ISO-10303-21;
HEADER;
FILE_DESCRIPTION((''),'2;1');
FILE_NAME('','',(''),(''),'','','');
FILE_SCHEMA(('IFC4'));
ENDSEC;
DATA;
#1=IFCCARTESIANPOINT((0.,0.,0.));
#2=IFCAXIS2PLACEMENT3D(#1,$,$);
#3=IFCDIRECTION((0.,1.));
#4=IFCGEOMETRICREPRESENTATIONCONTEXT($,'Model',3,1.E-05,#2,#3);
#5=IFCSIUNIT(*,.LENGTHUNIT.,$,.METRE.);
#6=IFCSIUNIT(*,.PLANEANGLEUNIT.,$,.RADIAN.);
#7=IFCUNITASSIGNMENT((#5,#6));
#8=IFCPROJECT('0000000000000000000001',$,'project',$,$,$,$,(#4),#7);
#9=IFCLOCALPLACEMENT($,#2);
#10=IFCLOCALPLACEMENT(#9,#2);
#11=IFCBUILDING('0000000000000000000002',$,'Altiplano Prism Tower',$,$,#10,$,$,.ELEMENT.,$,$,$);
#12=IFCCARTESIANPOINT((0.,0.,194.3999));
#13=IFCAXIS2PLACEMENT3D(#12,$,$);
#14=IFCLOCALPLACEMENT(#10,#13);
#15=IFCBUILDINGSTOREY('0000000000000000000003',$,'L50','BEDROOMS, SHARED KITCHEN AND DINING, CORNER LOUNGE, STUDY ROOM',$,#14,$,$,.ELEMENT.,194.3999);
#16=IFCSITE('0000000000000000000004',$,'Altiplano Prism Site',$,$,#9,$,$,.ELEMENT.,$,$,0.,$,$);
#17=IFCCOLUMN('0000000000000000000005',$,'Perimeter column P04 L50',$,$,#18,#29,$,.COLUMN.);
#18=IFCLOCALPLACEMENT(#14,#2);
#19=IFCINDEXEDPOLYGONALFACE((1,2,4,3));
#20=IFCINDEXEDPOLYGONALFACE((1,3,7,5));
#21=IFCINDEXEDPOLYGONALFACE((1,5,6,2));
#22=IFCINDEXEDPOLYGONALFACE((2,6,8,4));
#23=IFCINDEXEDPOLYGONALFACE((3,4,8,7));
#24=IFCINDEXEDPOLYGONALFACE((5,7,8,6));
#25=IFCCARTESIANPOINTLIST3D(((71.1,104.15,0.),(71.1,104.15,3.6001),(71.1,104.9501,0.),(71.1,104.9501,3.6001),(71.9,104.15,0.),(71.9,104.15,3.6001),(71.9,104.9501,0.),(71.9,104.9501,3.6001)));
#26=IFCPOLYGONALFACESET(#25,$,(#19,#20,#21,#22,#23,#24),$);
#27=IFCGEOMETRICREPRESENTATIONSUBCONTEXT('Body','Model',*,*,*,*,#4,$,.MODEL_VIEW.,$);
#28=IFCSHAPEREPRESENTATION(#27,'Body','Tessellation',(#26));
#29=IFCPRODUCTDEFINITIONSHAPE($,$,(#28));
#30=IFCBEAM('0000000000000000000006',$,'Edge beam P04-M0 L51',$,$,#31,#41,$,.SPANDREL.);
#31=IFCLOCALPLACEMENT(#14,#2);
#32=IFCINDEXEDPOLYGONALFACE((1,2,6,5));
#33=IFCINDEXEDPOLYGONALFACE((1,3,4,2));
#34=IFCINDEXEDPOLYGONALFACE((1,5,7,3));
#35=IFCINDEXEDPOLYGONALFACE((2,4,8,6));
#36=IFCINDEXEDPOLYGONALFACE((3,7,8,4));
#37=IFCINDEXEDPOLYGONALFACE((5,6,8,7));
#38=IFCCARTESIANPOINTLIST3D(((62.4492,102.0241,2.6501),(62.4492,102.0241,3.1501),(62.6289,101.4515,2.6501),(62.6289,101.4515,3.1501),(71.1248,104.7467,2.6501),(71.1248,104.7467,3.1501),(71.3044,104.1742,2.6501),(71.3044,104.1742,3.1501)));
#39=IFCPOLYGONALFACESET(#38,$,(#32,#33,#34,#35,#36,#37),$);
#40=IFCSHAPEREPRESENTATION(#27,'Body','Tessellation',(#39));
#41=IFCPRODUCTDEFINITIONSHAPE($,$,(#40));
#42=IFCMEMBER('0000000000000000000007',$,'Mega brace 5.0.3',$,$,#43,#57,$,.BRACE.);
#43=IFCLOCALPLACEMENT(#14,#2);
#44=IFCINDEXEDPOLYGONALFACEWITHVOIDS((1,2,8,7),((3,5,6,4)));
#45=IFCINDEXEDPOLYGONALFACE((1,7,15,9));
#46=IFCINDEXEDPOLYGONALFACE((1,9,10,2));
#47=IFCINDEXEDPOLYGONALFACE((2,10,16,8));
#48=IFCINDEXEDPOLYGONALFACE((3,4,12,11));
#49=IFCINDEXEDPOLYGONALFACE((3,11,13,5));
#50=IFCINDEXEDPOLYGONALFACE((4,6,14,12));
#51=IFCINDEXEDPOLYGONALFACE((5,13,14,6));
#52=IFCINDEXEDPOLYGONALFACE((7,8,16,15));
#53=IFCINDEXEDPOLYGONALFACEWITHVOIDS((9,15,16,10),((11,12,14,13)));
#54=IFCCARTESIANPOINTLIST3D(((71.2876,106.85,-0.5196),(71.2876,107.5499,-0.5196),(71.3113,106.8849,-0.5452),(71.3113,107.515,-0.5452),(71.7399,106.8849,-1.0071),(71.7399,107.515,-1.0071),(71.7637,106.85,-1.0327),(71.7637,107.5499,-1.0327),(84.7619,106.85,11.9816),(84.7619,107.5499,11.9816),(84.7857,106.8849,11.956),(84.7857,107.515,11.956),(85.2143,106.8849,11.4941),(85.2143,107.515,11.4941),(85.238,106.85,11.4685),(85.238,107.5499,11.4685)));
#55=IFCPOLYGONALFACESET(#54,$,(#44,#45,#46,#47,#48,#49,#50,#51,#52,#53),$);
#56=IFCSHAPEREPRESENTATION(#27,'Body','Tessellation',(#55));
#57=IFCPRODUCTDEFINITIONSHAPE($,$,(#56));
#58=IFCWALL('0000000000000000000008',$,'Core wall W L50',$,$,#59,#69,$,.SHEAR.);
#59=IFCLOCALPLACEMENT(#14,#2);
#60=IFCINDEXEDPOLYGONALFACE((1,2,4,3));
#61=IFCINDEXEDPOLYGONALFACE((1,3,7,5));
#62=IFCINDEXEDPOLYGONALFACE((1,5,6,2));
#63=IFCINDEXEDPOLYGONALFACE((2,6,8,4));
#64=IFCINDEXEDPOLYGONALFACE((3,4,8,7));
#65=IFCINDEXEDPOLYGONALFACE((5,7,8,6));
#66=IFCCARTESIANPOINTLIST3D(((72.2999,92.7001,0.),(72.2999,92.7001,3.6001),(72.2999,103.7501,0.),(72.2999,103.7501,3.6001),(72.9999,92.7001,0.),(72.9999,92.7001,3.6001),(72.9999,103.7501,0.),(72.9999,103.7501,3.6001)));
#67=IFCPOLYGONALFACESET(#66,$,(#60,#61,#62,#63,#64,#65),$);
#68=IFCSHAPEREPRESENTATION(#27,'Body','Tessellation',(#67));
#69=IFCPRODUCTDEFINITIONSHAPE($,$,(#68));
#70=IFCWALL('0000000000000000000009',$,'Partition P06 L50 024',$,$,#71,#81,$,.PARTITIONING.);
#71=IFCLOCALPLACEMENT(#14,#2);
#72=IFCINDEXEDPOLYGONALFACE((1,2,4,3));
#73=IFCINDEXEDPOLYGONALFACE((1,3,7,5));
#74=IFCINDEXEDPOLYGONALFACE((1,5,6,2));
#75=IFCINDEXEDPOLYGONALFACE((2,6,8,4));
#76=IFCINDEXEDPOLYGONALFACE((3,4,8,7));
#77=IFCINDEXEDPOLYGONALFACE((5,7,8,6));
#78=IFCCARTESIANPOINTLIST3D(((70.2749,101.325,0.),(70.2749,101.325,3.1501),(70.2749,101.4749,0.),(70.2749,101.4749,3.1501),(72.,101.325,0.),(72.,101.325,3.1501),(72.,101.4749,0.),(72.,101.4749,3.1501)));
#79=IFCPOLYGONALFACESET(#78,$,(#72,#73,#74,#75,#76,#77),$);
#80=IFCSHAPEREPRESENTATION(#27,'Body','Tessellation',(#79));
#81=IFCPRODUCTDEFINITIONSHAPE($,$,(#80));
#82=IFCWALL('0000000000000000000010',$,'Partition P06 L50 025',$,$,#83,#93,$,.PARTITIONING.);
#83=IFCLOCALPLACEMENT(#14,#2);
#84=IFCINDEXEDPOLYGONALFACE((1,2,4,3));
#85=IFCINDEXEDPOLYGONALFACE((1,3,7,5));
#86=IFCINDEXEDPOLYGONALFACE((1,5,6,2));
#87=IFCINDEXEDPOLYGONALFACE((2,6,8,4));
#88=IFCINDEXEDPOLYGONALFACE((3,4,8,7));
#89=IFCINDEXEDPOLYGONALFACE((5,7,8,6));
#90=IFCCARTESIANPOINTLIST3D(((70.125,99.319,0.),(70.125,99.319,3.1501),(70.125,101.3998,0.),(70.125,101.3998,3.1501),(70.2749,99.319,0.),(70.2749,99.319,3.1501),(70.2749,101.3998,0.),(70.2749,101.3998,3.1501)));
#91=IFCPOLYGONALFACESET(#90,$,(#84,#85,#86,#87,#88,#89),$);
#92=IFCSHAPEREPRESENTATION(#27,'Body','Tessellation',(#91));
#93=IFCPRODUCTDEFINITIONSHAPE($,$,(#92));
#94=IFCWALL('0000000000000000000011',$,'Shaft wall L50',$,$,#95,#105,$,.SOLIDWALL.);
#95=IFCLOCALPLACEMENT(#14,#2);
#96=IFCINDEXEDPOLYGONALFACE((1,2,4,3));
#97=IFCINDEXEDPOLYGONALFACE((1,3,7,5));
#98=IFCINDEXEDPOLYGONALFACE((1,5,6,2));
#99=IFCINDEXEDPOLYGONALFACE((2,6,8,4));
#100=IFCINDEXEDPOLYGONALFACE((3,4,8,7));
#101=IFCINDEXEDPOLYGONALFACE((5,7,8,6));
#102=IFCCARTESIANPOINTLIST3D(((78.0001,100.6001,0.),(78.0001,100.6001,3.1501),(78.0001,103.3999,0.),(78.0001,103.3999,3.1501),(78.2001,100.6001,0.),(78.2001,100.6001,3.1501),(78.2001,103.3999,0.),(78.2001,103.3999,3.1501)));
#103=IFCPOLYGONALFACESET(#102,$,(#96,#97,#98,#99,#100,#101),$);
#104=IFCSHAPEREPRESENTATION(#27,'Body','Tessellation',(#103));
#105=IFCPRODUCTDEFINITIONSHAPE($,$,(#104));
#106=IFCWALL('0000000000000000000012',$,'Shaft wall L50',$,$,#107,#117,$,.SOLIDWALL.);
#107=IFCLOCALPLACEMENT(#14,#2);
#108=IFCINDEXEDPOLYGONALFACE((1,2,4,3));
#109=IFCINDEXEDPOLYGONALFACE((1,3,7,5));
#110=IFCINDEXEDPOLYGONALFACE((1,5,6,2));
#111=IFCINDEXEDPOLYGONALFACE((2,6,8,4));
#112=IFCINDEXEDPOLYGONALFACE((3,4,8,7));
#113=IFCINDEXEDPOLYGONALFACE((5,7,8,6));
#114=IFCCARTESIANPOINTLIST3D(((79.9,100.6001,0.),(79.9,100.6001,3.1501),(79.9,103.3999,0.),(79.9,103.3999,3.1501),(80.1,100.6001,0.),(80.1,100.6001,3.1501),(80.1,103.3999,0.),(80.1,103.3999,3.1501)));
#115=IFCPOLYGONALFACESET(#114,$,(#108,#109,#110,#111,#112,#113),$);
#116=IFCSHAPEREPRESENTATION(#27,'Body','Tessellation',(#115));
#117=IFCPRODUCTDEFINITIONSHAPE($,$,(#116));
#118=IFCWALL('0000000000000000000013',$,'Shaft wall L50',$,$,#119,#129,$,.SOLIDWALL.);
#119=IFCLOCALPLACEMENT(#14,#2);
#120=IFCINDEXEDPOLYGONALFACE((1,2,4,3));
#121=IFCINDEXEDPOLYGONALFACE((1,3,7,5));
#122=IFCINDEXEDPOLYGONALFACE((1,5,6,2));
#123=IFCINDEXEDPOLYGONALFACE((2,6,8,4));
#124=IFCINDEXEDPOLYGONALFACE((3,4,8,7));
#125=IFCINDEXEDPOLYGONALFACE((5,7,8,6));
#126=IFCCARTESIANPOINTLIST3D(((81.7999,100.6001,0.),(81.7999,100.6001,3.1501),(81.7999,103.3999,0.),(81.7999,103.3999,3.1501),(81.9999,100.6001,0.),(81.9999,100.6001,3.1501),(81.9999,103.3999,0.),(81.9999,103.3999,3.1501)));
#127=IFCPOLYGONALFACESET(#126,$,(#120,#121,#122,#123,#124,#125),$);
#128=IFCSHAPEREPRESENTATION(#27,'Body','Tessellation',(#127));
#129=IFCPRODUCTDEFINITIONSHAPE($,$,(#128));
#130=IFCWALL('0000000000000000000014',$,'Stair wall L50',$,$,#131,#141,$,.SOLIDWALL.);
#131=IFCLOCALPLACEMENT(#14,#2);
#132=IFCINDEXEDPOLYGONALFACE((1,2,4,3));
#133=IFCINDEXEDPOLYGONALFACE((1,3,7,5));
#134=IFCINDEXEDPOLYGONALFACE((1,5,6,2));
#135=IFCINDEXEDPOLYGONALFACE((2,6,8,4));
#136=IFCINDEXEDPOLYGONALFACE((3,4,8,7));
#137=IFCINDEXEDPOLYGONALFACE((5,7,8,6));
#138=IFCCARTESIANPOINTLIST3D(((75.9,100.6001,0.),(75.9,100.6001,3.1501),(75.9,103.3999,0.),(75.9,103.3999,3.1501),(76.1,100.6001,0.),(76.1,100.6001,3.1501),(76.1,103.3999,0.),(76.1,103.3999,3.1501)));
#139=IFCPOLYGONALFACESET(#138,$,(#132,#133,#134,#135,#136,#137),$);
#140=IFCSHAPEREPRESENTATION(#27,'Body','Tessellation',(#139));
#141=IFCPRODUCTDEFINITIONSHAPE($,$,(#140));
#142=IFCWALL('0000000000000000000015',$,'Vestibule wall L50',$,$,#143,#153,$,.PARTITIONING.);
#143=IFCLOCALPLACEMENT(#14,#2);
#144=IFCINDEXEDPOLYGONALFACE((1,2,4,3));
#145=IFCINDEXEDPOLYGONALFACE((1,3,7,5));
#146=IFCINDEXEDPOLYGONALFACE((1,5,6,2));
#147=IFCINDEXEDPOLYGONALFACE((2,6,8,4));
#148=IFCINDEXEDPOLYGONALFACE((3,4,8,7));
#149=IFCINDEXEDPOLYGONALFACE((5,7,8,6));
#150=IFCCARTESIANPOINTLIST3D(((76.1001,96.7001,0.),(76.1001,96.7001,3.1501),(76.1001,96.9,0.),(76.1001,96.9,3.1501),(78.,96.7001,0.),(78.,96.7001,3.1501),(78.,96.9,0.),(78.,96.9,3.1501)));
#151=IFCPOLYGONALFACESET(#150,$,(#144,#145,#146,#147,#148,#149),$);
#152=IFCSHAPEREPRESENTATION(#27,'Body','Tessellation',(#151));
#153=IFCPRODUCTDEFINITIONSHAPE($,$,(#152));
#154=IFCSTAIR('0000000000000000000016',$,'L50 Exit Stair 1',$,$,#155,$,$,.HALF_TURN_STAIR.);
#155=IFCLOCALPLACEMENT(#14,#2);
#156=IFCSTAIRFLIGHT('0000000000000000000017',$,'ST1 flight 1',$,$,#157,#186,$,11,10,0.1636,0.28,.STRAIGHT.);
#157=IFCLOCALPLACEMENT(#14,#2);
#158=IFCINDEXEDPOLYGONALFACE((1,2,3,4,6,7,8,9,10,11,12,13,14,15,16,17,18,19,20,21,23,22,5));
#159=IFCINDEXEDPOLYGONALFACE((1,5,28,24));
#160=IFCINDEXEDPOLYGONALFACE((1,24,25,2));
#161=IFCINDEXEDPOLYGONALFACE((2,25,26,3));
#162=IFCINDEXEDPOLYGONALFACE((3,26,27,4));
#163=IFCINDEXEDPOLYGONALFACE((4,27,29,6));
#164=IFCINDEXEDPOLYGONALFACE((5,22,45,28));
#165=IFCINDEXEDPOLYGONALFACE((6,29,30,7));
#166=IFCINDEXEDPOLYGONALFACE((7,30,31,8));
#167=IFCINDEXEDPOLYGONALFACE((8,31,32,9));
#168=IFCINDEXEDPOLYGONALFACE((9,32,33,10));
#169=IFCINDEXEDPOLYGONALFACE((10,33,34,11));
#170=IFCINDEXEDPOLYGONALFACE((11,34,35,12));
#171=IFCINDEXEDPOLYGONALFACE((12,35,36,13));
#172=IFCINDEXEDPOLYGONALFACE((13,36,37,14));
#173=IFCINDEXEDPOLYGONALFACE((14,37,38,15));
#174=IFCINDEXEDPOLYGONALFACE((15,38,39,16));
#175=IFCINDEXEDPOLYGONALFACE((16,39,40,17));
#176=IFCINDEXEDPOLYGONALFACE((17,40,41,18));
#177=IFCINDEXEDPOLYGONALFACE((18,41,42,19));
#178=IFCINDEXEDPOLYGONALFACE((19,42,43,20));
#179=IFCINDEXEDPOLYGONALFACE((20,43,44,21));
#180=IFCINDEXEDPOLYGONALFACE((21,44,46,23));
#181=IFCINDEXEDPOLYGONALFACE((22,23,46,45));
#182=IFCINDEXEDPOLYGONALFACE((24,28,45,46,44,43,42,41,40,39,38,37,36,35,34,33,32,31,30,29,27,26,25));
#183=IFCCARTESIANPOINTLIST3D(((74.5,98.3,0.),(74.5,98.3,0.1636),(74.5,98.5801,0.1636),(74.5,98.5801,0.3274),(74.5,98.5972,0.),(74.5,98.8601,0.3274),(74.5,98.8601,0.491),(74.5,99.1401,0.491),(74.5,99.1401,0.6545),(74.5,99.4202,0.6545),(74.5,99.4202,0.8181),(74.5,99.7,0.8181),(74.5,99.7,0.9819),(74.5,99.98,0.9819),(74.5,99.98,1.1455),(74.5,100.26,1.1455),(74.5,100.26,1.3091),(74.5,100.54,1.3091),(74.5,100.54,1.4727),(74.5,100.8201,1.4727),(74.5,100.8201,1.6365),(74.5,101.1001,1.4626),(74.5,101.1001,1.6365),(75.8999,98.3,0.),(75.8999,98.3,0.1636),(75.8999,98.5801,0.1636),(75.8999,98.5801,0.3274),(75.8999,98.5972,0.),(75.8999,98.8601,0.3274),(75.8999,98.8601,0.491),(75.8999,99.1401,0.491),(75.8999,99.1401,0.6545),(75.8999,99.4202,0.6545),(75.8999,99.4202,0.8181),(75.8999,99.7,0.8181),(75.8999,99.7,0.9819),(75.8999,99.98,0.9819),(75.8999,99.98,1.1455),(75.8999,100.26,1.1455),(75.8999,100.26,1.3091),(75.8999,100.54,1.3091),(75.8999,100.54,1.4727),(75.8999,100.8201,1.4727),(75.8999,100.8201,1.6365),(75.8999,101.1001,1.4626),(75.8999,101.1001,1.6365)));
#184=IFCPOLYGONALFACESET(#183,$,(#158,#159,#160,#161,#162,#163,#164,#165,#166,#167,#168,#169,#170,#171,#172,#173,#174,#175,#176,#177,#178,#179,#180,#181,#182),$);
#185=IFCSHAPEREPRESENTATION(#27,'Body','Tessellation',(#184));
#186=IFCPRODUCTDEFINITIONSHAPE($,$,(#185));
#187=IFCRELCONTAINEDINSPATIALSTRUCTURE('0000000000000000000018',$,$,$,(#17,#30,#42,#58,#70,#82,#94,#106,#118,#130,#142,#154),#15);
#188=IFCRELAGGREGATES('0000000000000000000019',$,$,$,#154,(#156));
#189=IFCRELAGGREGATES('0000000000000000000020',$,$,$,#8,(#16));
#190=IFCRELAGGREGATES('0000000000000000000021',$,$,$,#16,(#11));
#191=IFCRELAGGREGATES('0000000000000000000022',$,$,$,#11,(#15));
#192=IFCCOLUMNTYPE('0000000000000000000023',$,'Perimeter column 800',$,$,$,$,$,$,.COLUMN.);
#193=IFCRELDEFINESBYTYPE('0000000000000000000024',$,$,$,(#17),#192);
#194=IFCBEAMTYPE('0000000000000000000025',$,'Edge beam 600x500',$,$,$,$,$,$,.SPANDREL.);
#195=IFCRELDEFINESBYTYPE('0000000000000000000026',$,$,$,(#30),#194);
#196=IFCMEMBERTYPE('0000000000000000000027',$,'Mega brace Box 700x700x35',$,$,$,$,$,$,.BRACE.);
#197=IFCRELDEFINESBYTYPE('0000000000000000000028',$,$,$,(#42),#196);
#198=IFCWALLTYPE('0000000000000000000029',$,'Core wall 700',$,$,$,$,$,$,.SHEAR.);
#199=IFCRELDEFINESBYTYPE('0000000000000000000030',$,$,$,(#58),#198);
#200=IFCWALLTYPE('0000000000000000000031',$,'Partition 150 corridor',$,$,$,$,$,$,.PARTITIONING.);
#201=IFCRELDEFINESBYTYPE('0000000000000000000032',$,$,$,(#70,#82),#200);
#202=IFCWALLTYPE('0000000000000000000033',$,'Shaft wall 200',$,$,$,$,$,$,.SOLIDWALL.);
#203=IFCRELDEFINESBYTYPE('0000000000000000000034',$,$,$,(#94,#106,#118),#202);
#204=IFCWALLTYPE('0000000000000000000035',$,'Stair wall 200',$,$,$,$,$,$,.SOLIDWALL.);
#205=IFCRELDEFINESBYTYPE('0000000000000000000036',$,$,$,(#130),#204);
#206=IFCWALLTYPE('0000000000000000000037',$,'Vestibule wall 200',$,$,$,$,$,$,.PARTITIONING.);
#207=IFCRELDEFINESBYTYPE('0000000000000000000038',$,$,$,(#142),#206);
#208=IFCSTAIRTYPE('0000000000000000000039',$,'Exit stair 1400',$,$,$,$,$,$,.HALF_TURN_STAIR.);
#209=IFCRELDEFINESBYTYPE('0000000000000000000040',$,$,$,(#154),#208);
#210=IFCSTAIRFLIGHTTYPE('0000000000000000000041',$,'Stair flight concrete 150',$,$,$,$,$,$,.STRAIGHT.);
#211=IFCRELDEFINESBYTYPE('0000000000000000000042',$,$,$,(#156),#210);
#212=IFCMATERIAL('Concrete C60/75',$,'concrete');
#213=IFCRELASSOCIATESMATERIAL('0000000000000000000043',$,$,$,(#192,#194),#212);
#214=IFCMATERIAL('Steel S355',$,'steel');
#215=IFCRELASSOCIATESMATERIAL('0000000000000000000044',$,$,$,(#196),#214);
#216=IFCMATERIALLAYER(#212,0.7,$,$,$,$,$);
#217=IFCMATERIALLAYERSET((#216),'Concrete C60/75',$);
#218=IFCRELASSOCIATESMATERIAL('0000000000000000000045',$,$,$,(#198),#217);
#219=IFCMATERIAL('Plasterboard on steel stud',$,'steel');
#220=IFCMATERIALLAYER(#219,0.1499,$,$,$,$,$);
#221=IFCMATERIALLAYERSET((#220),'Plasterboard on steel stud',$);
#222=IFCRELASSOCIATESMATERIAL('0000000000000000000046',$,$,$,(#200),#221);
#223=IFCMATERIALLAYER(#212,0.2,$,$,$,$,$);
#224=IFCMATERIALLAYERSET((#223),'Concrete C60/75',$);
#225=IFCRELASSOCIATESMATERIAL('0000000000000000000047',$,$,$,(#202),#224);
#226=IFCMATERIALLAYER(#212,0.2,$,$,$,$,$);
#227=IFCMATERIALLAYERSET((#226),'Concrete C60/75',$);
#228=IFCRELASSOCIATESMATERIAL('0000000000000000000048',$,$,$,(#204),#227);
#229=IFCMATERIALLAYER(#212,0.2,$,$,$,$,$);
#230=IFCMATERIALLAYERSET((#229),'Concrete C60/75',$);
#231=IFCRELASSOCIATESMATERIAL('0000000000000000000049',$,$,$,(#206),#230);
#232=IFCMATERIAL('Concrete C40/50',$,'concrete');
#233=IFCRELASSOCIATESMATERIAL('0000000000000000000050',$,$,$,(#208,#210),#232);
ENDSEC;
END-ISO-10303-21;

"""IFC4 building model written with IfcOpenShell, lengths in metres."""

from ifc_helpers import new_model, si_unit, direction, frame, frame_2d, origin, origin_2d, place, context, subcontext, project, spatial, polyline, rectangle, hollow_rectangle, outline, extrude, material, layer, layer_set, material_profile, profile_set, type_object, element, aggregate, save


model = new_model("IFC4")

# Units and contexts
model_context = context("Model", 3, precision=1e-05, world=origin(), true_north=direction((0.0, 1.0)))
body_context = subcontext(model_context, "Body", "Model", "MODEL_VIEW")
ifc_project = project(units=[si_unit("LENGTHUNIT", "METRE"), si_unit("PLANEANGLEUNIT", "RADIAN")], contexts=[model_context])

# Site, building, storey
site_placement = place(None, origin())
site = spatial("IfcSite", under=ifc_project, at=site_placement, Name="Altiplano Prism Site", CompositionType="ELEMENT", RefElevation=0.0)
building_placement = place(site_placement, origin())
building = spatial("IfcBuilding", under=site, at=building_placement, Name="Altiplano Prism Tower", CompositionType="ELEMENT")
storey_placement = place(building_placement, frame((0.0, 0.0, 194.3999)))
storey = spatial("IfcBuildingStorey", under=building, at=storey_placement, Name="L50", Description="BEDROOMS, SHARED KITCHEN AND DINING, CORNER LOUNGE, STUDY ROOM", CompositionType="ELEMENT", Elevation=194.3999)

# Column
ifc_material_1 = material(Name="Concrete C60/75", Category="concrete")
ifc_material_profile_1 = material_profile(ifc_material_1, rectangle(XDim=0.8, YDim=0.8, at=origin_2d()), Name="Perimeter column 800")
ifc_profile_set_1 = profile_set([ifc_material_profile_1], Name="Concrete C60/75")
column_type = type_object("IfcColumnType", Name="Perimeter column 800", PredefinedType="COLUMN", material=ifc_profile_set_1)
column_placement = place(storey_placement, frame((71.5, 104.55, 0.0), z_axis=(0.0, 0.0, 1.0), x_axis=(1.0, 0.0, 0.0)))
element("IfcColumn", 1, at=column_placement, inside=storey, type_object=column_type, Name="Perimeter column P04 L50", PredefinedType="COLUMN", context=body_context, shape_type="SweptSolid", body=[
    extrude(rectangle(XDim=0.8, YDim=0.8, at=origin_2d()), origin(), (0.0, 0.0, 1.0), 3.6001),
])

# Beam
ifc_material_profile_2 = material_profile(ifc_material_1, rectangle(XDim=0.6001, YDim=0.5, at=origin_2d()), Name="Edge beam 600x500")
ifc_profile_set_2 = profile_set([ifc_material_profile_2], Name="Concrete C60/75")
beam_type = type_object("IfcBeamType", Name="Edge beam 600x500", PredefinedType="SPANDREL", material=ifc_profile_set_2)
beam_placement = place(storey_placement, frame((71.2146, 104.4604, 2.9001), z_axis=(-0.954118, -0.299432, 0.0), x_axis=(0.299432, -0.954118, 0.0)))
element("IfcBeam", 2, at=beam_placement, inside=storey, type_object=beam_type, Name="Edge beam P04-M0 L51", PredefinedType="SPANDREL", context=body_context, shape_type="SweptSolid", body=[
    extrude(rectangle(XDim=0.6001, YDim=0.5, at=origin_2d()), origin(), (0.0, 0.0, 1.0), 9.0928),
])

# Member
ifc_material_2 = material(Name="Steel S355", Category="steel")
ifc_material_profile_3 = material_profile(ifc_material_2, hollow_rectangle(XDim=0.7, YDim=0.7, WallThickness=0.0349, at=origin_2d()), Name="Mega brace Box 700x700x35")
ifc_profile_set_3 = profile_set([ifc_material_profile_3], Name="Steel S355")
member_type = type_object("IfcMemberType", Name="Mega brace Box 700x700x35", PredefinedType="BRACE", material=ifc_profile_set_3)
member_placement = place(storey_placement, frame((71.5256, 107.2, -0.7761), z_axis=(0.733083, 0.0, 0.680139), x_axis=(0.0, 1.0, 0.0)))
element("IfcMember", 3, at=member_placement, inside=storey, type_object=member_type, Name="Mega brace 5.0.3", PredefinedType="BRACE", context=body_context, shape_type="SweptSolid", body=[
    extrude(hollow_rectangle(XDim=0.7, YDim=0.7, WallThickness=0.0349, at=origin_2d()), origin(), (0.0, 0.0, 1.0), 18.3804),
])

# Walls
ifc_layer_1 = layer(ifc_material_1, 0.7)
ifc_layer_set_1 = layer_set([ifc_layer_1], Name="Concrete C60/75")
wall_type_1 = type_object("IfcWallType", Name="Core wall 700", PredefinedType="SHEAR", material=ifc_layer_set_1)
wall_1_placement = place(storey_placement, frame((72.6499, 103.75, 0.0), z_axis=(0.0, 0.0, 1.0), x_axis=(0.0, -1.0, 0.0)))
element("IfcWall", 4, at=wall_1_placement, inside=storey, type_object=wall_type_1, Name="Core wall W L50", PredefinedType="SHEAR", context=body_context, shape_type="SweptSolid", body=[
    extrude(rectangle(XDim=11.05, YDim=0.7, at=frame_2d((5.5249, 0.0))), origin(), (0.0, 0.0, 1.0), 3.6001),
])
ifc_material_3 = material(Name="Plasterboard on steel stud", Category="steel")
ifc_layer_2 = layer(ifc_material_3, 0.1499)
ifc_layer_set_2 = layer_set([ifc_layer_2], Name="Plasterboard on steel stud")
wall_type_2 = type_object("IfcWallType", Name="Partition 150 corridor", PredefinedType="PARTITIONING", material=ifc_layer_set_2)
wall_2_placement = place(storey_placement, frame((72.0, 101.3999, 0.0), z_axis=(0.0, 0.0, 1.0), x_axis=(-1.0, 0.0, 0.0)))
element("IfcWall", 5, at=wall_2_placement, inside=storey, type_object=wall_type_2, Name="Partition P06 L50 024", PredefinedType="PARTITIONING", context=body_context, shape_type="SweptSolid", body=[
    extrude(rectangle(XDim=1.7251, YDim=0.1499, at=frame_2d((0.8625, 0.0))), origin(), (0.0, 0.0, 1.0), 3.1501),
])
wall_3_placement = place(storey_placement, frame((70.2, 101.3999, 0.0), z_axis=(0.0, 0.0, 1.0), x_axis=(0.0, -1.0, 0.0)))
element("IfcWall", 6, at=wall_3_placement, inside=storey, type_object=wall_type_2, Name="Partition P06 L50 025", PredefinedType="PARTITIONING", context=body_context, shape_type="SweptSolid", body=[
    extrude(rectangle(XDim=2.0808, YDim=0.1499, at=frame_2d((1.0405, 0.0))), origin(), (0.0, 0.0, 1.0), 3.1501),
])
ifc_layer_3 = layer(ifc_material_1, 0.2)
ifc_layer_set_3 = layer_set([ifc_layer_3], Name="Concrete C60/75")
wall_type_3 = type_object("IfcWallType", Name="Shaft wall 200", PredefinedType="SOLIDWALL", material=ifc_layer_set_3)
for number, where, z_axis, x_axis, name in (
    (7, (78.1001, 100.6001, 0.0), (0.0, 0.0, 1.0), (0.0, 1.0, 0.0), "Shaft wall L50"),
    (8, (80.0, 100.6001, 0.0), (0.0, 0.0, 1.0), (0.0, 1.0, 0.0), "Shaft wall L50"),
    (9, (81.8999, 100.6001, 0.0), (0.0, 0.0, 1.0), (0.0, 1.0, 0.0), "Shaft wall L50"),
):
    element("IfcWall", number, at=place(storey_placement, frame(where, z_axis=z_axis, x_axis=x_axis)), inside=storey, type_object=wall_type_3, Name=name, PredefinedType="SOLIDWALL", context=body_context, shape_type="SweptSolid", body=[
        extrude(rectangle(XDim=2.7998, YDim=0.2, at=frame_2d((1.3999, 0.0))), origin(), (0.0, 0.0, 1.0), 3.1501),
    ])

# Shared definitions
ifc_layer_4 = layer(ifc_material_1, 0.2)
ifc_layer_set_4 = layer_set([ifc_layer_4], Name="Concrete C60/75")
wall_type_4 = type_object("IfcWallType", Name="Stair wall 200", PredefinedType="SOLIDWALL", material=ifc_layer_set_4)

# Walls
wall_4_placement = place(storey_placement, frame((76.0, 100.6001, 0.0), z_axis=(0.0, 0.0, 1.0), x_axis=(0.0, 1.0, 0.0)))
element("IfcWall", 10, at=wall_4_placement, inside=storey, type_object=wall_type_4, Name="Stair wall L50", PredefinedType="SOLIDWALL", context=body_context, shape_type="SweptSolid", body=[
    extrude(rectangle(XDim=2.7998, YDim=0.2, at=frame_2d((1.3999, 0.0))), origin(), (0.0, 0.0, 1.0), 3.1501),
])
ifc_layer_5 = layer(ifc_material_1, 0.2)
ifc_layer_set_5 = layer_set([ifc_layer_5], Name="Concrete C60/75")
wall_type_5 = type_object("IfcWallType", Name="Vestibule wall 200", PredefinedType="PARTITIONING", material=ifc_layer_set_5)
wall_5_placement = place(storey_placement, frame((76.1001, 96.8, 0.0), z_axis=(0.0, 0.0, 1.0), x_axis=(1.0, 0.0, 0.0)))
element("IfcWall", 11, at=wall_5_placement, inside=storey, type_object=wall_type_5, Name="Vestibule wall L50", PredefinedType="PARTITIONING", context=body_context, shape_type="SweptSolid", body=[
    extrude(rectangle(XDim=1.8999, YDim=0.2, at=frame_2d((0.95, 0.0))), origin(), (0.0, 0.0, 1.0), 3.1501),
])

# Stair, stair flight
ifc_material_4 = material(Name="Concrete C40/50", Category="concrete")
stair_type = type_object("IfcStairType", Name="Exit stair 1400", PredefinedType="HALF_TURN_STAIR", material=ifc_material_4)
stair_placement = place(storey_placement, origin())
stair = element("IfcStair", 12, at=stair_placement, inside=storey, type_object=stair_type, Name="L50 Exit Stair 1", PredefinedType="HALF_TURN_STAIR")
stair_flight_type = type_object("IfcStairFlightType", Name="Stair flight concrete 150", PredefinedType="STRAIGHT", material=ifc_material_4)
stair_flight_1_placement = place(storey_placement, frame((75.2, 98.3, 0.0), z_axis=(0.0, 0.0, 1.0), x_axis=(0.0, 1.0, 0.0)))
stair_flight_1 = element("IfcStairFlight", 13, at=stair_flight_1_placement, type_object=stair_flight_type, Name="ST1 flight 1", NumberOfRisers=11, NumberOfTreads=10, PredefinedType="STRAIGHT", RiserHeight=0.1636, TreadLength=0.28, context=body_context, shape_type="SweptSolid", body=[
    extrude(outline(polyline([(0.0, 0.0), (0.0, 0.1636), (0.28, 0.1636), (0.28, 0.3274), (0.5601, 0.3274), (0.5601, 0.491), (0.8401, 0.491), (0.8401, 0.6545), (1.1201, 0.6545), (1.1201, 0.8181), (1.3999, 0.8181), (1.3999, 0.9819), (1.6799, 0.9819), (1.6799, 1.1455), (1.96, 1.1455), (1.96, 1.3091), (2.24, 1.3091), (2.24, 1.4727), (2.52, 1.4727), (2.52, 1.6365), (2.8, 1.6365), (2.8, 1.8), (2.8, 1.4626), (0.2971, 0.0), (0.0, 0.0)])), frame((0.0, 0.7, 0.0), z_axis=(0.0, -1.0, 0.0), x_axis=(1.0, 0.0, 0.0)), (0.0, 0.0, 1.0), 1.3999),
])
aggregate(stair, [stair_flight_1])

save(model, "model.ifc")
